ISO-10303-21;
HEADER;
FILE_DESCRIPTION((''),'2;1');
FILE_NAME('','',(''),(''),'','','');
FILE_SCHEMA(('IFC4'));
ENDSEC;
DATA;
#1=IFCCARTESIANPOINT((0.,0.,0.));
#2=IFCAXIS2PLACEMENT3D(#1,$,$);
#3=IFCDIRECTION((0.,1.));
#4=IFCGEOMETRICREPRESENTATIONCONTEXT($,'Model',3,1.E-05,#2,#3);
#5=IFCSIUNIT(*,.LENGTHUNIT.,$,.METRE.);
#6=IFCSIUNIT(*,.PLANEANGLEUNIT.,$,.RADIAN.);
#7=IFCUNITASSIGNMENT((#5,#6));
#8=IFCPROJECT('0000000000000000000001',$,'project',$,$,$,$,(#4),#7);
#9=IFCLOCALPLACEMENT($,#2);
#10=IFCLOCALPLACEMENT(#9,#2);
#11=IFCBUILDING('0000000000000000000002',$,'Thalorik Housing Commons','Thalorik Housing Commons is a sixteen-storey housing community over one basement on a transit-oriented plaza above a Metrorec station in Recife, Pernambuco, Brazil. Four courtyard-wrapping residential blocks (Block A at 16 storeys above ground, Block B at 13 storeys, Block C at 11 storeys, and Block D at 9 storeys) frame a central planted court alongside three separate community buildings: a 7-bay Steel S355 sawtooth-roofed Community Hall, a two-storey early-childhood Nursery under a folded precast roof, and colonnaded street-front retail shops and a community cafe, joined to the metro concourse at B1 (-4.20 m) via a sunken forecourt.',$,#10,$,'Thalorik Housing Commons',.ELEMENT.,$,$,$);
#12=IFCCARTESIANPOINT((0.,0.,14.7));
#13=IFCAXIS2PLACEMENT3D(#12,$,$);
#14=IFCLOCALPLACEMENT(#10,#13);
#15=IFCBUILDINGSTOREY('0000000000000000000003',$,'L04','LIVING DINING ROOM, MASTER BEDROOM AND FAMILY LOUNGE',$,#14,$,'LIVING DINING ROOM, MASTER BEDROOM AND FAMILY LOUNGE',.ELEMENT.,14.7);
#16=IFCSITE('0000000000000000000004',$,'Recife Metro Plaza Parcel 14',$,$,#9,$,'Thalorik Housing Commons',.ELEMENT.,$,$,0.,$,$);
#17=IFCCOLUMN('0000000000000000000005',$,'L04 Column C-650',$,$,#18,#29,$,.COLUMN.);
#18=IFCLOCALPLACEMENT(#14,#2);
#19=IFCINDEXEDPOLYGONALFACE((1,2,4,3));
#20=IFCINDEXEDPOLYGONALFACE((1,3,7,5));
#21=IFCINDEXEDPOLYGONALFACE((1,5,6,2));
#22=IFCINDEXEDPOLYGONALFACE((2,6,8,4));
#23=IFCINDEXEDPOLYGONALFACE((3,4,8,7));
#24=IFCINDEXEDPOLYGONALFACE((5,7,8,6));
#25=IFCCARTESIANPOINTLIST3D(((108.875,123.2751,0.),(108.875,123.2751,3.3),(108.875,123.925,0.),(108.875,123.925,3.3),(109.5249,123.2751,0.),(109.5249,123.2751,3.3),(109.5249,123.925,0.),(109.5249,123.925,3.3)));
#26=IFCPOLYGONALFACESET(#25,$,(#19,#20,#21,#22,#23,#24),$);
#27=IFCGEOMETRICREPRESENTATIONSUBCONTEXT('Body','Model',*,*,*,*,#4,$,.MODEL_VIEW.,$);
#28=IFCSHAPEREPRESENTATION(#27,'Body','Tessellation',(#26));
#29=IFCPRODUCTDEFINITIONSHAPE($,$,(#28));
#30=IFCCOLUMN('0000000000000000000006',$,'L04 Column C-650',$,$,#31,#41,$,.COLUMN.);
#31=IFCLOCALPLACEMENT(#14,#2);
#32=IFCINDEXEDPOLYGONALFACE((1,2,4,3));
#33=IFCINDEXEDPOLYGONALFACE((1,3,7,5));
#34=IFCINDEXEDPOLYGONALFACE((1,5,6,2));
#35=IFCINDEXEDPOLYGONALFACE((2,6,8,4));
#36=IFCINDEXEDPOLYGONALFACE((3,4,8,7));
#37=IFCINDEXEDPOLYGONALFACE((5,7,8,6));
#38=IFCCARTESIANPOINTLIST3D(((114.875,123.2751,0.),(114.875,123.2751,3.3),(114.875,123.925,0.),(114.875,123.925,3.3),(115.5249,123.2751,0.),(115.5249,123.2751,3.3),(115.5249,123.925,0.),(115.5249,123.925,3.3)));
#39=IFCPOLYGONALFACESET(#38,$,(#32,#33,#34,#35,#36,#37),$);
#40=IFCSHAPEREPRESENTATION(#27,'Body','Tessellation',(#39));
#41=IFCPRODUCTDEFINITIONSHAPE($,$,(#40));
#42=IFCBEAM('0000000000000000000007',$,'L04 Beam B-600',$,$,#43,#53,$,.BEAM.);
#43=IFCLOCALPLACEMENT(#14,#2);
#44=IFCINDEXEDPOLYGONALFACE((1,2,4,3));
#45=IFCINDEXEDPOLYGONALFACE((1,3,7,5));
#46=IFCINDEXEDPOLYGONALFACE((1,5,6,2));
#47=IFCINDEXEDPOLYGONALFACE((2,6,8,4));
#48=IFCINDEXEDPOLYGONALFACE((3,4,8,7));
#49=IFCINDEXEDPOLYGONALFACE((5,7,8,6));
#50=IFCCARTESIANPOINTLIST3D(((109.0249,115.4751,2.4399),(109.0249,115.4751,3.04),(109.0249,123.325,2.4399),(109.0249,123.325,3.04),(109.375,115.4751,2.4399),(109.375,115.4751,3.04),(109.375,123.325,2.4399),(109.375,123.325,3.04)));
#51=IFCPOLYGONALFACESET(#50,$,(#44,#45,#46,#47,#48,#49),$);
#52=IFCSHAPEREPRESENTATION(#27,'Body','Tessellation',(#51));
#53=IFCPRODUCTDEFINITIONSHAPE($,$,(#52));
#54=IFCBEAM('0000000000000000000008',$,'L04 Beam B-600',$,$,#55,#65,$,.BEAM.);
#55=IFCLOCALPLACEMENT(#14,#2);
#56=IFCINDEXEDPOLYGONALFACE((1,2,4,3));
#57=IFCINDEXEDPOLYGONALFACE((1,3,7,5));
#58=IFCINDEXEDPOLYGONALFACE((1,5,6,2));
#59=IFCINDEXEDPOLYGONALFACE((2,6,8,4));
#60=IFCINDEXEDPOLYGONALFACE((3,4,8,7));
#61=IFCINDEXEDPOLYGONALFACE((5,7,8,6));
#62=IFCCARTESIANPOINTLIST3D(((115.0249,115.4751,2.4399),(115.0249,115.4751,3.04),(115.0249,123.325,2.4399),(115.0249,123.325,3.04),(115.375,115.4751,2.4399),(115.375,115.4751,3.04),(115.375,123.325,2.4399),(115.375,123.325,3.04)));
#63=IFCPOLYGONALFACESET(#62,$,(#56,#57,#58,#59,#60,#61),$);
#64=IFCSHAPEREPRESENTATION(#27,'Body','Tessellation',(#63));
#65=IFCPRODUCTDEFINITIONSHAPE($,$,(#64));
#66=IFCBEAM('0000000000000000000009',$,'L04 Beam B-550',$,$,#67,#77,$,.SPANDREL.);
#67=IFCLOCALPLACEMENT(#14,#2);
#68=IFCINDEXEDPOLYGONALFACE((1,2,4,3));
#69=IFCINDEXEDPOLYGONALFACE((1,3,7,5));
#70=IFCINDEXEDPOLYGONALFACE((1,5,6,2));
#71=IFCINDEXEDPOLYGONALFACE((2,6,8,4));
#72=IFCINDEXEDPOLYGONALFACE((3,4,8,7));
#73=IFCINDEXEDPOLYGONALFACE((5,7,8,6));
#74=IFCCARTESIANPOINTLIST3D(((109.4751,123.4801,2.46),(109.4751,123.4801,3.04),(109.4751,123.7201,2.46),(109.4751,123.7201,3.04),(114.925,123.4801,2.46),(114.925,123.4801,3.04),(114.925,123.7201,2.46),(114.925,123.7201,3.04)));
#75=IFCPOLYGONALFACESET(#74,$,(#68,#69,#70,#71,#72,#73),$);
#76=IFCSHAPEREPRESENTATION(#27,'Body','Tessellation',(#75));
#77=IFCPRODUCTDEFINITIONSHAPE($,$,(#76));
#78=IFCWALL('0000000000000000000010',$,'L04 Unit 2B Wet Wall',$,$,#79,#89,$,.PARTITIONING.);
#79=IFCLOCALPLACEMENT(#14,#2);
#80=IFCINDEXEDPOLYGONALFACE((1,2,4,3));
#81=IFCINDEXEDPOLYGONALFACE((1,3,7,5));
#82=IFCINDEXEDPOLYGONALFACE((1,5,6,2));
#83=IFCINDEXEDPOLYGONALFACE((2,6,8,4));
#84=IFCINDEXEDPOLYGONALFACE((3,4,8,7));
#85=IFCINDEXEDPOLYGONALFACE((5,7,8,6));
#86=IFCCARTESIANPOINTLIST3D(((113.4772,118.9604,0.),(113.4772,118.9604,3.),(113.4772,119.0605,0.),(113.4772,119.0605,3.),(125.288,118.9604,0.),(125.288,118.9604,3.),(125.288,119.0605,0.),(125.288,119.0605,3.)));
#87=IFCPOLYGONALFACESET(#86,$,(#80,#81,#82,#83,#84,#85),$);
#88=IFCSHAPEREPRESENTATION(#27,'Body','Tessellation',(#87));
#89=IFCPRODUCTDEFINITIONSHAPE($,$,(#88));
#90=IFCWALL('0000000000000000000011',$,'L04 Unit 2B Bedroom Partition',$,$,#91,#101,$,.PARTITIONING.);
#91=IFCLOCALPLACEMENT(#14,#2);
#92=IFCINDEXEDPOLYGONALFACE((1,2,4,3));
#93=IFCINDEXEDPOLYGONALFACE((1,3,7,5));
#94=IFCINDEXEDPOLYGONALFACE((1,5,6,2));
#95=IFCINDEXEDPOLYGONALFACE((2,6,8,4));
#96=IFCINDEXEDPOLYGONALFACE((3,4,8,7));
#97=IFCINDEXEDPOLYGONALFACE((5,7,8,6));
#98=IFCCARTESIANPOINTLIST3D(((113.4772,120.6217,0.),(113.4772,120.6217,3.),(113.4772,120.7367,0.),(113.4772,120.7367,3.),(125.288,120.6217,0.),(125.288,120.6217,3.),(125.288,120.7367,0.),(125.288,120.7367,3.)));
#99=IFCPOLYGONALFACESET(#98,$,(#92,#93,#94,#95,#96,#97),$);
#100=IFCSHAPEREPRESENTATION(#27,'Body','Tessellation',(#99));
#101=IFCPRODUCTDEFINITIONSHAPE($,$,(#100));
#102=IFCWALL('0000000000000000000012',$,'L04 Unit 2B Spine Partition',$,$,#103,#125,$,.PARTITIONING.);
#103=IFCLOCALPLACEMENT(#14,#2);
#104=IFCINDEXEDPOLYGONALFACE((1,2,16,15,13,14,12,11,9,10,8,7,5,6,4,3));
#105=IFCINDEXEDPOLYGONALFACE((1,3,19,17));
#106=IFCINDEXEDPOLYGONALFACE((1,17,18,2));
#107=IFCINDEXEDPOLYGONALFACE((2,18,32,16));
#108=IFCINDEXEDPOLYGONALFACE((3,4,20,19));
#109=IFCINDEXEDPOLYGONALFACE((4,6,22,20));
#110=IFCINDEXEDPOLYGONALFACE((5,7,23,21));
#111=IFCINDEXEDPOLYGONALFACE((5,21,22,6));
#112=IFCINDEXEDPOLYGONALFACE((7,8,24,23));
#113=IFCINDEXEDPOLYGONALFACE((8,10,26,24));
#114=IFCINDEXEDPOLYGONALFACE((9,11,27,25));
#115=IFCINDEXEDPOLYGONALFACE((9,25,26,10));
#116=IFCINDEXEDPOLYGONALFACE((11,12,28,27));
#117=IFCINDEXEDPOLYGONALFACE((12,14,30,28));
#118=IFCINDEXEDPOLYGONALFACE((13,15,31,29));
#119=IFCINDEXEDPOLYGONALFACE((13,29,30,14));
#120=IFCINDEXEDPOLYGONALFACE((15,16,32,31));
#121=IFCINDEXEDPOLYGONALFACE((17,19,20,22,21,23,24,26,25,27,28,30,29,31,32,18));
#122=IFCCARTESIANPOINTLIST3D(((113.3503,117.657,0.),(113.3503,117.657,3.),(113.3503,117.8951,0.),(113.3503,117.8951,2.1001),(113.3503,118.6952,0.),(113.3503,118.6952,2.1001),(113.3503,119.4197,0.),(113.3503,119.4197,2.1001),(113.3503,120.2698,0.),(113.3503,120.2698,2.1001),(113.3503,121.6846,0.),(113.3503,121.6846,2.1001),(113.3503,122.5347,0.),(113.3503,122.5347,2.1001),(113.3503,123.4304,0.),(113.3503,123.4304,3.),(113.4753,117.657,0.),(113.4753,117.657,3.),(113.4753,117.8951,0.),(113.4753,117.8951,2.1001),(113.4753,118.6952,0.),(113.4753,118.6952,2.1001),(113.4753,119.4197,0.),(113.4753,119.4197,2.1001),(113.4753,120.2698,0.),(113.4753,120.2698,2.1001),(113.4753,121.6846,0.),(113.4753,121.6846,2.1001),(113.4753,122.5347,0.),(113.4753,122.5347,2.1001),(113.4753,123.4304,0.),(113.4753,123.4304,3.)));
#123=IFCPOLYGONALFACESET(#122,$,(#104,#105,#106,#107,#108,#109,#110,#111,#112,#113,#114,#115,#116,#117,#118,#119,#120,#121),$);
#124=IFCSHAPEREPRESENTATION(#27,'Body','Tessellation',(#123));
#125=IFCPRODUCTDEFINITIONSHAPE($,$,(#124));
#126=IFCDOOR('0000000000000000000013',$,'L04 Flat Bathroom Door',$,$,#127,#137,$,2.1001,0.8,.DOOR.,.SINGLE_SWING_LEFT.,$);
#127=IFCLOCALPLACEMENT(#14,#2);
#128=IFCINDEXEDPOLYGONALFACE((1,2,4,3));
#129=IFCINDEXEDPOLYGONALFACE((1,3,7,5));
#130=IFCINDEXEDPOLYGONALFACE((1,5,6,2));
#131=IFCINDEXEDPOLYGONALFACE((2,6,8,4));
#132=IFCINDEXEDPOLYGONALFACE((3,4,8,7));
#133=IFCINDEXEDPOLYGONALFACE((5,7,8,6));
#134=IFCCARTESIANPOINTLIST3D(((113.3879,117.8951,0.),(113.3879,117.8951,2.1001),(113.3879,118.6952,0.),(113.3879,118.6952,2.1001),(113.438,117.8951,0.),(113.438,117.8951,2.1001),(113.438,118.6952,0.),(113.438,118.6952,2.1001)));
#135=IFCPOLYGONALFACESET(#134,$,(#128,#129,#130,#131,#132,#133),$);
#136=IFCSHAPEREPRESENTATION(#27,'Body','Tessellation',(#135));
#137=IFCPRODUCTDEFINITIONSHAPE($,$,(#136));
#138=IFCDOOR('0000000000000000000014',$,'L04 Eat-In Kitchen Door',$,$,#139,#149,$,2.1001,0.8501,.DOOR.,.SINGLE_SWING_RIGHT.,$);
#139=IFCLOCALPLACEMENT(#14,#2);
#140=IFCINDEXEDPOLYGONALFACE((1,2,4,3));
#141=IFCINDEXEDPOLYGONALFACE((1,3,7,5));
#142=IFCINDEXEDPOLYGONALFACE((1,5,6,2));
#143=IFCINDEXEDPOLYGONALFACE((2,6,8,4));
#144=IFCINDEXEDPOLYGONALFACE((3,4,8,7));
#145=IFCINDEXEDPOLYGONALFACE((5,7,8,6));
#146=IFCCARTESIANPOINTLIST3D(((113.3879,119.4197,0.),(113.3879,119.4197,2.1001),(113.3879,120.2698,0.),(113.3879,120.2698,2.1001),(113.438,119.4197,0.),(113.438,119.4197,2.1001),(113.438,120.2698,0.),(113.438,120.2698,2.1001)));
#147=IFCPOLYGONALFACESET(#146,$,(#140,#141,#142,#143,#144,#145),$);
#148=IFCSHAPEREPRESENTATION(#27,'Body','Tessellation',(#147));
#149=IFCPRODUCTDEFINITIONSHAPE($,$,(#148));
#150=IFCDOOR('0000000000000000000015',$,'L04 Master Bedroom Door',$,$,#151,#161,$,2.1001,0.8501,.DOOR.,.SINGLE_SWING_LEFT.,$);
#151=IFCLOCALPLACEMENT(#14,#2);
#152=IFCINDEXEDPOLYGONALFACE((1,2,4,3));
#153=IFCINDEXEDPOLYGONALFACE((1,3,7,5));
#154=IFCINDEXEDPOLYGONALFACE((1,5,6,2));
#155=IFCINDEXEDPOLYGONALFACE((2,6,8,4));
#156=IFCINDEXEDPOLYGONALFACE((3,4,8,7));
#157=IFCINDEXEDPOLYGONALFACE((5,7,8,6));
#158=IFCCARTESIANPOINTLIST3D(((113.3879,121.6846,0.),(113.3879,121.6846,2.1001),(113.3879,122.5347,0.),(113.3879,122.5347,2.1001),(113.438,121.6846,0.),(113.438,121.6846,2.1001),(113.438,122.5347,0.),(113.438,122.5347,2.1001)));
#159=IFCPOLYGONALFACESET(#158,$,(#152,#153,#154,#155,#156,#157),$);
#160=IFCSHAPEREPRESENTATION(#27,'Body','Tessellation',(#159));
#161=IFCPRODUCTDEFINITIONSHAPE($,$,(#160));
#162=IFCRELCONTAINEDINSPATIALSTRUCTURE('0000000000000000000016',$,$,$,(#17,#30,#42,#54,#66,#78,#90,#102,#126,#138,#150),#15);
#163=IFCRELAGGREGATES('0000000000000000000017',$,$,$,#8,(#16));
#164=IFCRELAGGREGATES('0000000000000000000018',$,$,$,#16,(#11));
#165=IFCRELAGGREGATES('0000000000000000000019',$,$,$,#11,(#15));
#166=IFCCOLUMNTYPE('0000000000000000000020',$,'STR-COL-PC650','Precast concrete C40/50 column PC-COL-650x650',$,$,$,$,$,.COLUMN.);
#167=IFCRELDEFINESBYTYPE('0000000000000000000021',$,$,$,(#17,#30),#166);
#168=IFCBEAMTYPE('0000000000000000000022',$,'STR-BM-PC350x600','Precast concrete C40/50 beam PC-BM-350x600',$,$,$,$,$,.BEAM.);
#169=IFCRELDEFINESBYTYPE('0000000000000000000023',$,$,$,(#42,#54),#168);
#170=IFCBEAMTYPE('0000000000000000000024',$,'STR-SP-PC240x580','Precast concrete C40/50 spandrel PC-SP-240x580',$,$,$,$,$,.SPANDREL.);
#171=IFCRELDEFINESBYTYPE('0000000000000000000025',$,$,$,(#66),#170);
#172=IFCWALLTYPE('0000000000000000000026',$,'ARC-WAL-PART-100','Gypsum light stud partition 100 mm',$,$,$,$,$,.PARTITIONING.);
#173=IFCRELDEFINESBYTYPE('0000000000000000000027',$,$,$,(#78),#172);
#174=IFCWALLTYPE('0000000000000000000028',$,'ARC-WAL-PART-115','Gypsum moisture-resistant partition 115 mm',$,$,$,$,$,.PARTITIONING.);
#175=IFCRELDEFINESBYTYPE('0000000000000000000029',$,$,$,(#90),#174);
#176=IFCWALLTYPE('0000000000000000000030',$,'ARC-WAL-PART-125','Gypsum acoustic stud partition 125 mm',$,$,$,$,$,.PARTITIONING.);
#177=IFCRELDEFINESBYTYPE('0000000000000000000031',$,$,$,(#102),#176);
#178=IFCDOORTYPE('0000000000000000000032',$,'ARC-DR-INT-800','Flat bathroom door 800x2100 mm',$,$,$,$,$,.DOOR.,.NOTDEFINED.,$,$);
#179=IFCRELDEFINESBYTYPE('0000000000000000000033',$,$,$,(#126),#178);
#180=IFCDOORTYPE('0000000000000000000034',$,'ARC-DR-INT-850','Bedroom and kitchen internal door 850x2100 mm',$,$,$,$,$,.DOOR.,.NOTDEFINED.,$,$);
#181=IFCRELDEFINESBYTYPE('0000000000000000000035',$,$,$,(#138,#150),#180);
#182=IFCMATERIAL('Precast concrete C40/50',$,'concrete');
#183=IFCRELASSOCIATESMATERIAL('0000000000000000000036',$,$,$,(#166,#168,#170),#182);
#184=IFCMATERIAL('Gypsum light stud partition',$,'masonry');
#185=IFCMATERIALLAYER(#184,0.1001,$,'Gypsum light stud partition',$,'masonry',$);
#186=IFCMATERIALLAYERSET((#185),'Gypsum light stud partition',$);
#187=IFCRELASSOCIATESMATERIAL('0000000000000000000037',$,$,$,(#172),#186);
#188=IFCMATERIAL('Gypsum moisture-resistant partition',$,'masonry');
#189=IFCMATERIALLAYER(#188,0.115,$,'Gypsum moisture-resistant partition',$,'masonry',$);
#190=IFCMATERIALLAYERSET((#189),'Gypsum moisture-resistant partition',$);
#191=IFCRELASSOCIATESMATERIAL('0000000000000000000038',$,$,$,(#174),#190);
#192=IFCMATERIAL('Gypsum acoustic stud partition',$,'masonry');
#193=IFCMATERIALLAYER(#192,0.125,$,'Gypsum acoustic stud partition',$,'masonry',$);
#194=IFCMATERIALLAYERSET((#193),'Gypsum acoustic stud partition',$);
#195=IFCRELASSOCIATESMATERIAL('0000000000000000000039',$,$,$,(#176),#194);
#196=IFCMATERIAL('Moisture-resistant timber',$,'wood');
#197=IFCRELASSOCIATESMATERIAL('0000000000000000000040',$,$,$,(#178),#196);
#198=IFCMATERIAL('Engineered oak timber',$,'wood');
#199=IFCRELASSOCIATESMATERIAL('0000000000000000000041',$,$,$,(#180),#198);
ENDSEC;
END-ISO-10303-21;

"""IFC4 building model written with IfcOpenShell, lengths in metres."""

from ifc_helpers import new_model, si_unit, direction, frame, frame_2d, origin, origin_2d, place, context, subcontext, project, spatial, rectangle, extrude, material, layer, layer_set, material_profile, profile_set, type_object, element, fill, save


model = new_model("IFC4")

# Units and contexts
model_context = context("Model", 3, precision=1e-05, world=origin(), true_north=direction((0.0, 1.0)))
body_context = subcontext(model_context, "Body", "Model", "MODEL_VIEW")
ifc_project = project(units=[si_unit("LENGTHUNIT", "METRE"), si_unit("PLANEANGLEUNIT", "RADIAN")], contexts=[model_context])

# Site, building, storey
site_placement = place(None, origin())
site = spatial("IfcSite", under=ifc_project, at=site_placement, Name="Recife Metro Plaza Parcel 14", LongName="Thalorik Housing Commons", CompositionType="ELEMENT", RefElevation=0.0)
building_placement = place(site_placement, origin())
building = spatial("IfcBuilding", under=site, at=building_placement, Name="Thalorik Housing Commons", Description="Thalorik Housing Commons is a sixteen-storey housing community over one basement on a transit-oriented plaza above a Metrorec station in Recife, Pernambuco, Brazil. Four courtyard-wrapping residential blocks (Block A at 16 storeys above ground, Block B at 13 storeys, Block C at 11 storeys, and Block D at 9 storeys) frame a central planted court alongside three separate community buildings: a 7-bay Steel S355 sawtooth-roofed Community Hall, a two-storey early-childhood Nursery under a folded precast roof, and colonnaded street-front retail shops and a community cafe, joined to the metro concourse at B1 (-4.20 m) via a sunken forecourt.", LongName="Thalorik Housing Commons", CompositionType="ELEMENT")
storey_placement = place(building_placement, frame((0.0, 0.0, 14.7)))
storey = spatial("IfcBuildingStorey", under=building, at=storey_placement, Name="L04", Description="LIVING DINING ROOM, MASTER BEDROOM AND FAMILY LOUNGE", LongName="LIVING DINING ROOM, MASTER BEDROOM AND FAMILY LOUNGE", CompositionType="ELEMENT", Elevation=14.7)

# Columns
ifc_material_1 = material(Name="Precast concrete C40/50", Category="concrete")
ifc_material_profile_1 = material_profile(ifc_material_1, rectangle(XDim=0.6499, YDim=0.6499, at=origin_2d()), Name="PC 650x650", Category="concrete")
ifc_profile_set_1 = profile_set([ifc_material_profile_1], Name="Precast concrete C40/50")
column_type = type_object("IfcColumnType", Name="STR-COL-PC650", Description="Precast concrete C40/50 column PC-COL-650x650", PredefinedType="COLUMN", material=ifc_profile_set_1)
for number, where, z_axis, x_axis, name in (
    (1, (109.2, 123.6001, 0.0), (0.0, 0.0, 1.0), (1.0, 0.0, 0.0), "L04 Column C-650"),
    (2, (115.2, 123.6001, 0.0), (0.0, 0.0, 1.0), (1.0, 0.0, 0.0), "L04 Column C-650"),
):
    element("IfcColumn", number, at=place(storey_placement, frame(where, z_axis=z_axis, x_axis=x_axis)), inside=storey, type_object=column_type, Name=name, PredefinedType="COLUMN", context=body_context, shape_type="SweptSolid", body=[
        extrude(rectangle(XDim=0.6499, YDim=0.6499, at=origin_2d()), origin(), (0.0, 0.0, 1.0), 3.3),
    ])

# Beams
ifc_material_profile_2 = material_profile(ifc_material_1, rectangle(XDim=0.3501, YDim=0.6001, at=origin_2d()), Name="PC 350x600", Category="concrete")
ifc_profile_set_2 = profile_set([ifc_material_profile_2], Name="Precast concrete C40/50")
beam_type_1 = type_object("IfcBeamType", Name="STR-BM-PC350x600", Description="Precast concrete C40/50 beam PC-BM-350x600", PredefinedType="BEAM", material=ifc_profile_set_2)
for number, where, z_axis, x_axis, name in (
    (3, (109.2, 115.4751, 2.74), (0.0, 1.0, 0.0), (-1.0, 0.0, 0.0), "L04 Beam B-600"),
    (4, (115.2, 115.4751, 2.74), (0.0, 1.0, 0.0), (-1.0, 0.0, 0.0), "L04 Beam B-600"),
):
    element("IfcBeam", number, at=place(storey_placement, frame(where, z_axis=z_axis, x_axis=x_axis)), inside=storey, type_object=beam_type_1, Name=name, PredefinedType="BEAM", context=body_context, shape_type="SweptSolid", body=[
        extrude(rectangle(XDim=0.3501, YDim=0.6001, at=origin_2d()), origin(), (0.0, 0.0, 1.0), 7.8499),
    ])
ifc_material_profile_3 = material_profile(ifc_material_1, rectangle(XDim=0.24, YDim=0.5801, at=origin_2d()), Name="PC SP 240x580", Category="concrete")
ifc_profile_set_3 = profile_set([ifc_material_profile_3], Name="Precast concrete C40/50")
beam_type_2 = type_object("IfcBeamType", Name="STR-SP-PC240x580", Description="Precast concrete C40/50 spandrel PC-SP-240x580", PredefinedType="SPANDREL", material=ifc_profile_set_3)
beam_placement = place(storey_placement, frame((109.4751, 123.6001, 2.75), z_axis=(1.0, 0.0, 0.0), x_axis=(0.0, 1.0, 0.0)))
element("IfcBeam", 5, at=beam_placement, inside=storey, type_object=beam_type_2, Name="L04 Beam B-550", PredefinedType="SPANDREL", context=body_context, shape_type="SweptSolid", body=[
    extrude(rectangle(XDim=0.24, YDim=0.5801, at=origin_2d()), origin(), (0.0, 0.0, 1.0), 5.45),
])

# Walls
ifc_material_2 = material(Name="Gypsum light stud partition", Category="masonry")
ifc_layer_1 = layer(ifc_material_2, 0.1001, Name="Gypsum light stud partition", Category="masonry")
ifc_layer_set_1 = layer_set([ifc_layer_1], Name="Gypsum light stud partition")
wall_type_1 = type_object("IfcWallType", Name="ARC-WAL-PART-100", Description="Gypsum light stud partition 100 mm", PredefinedType="PARTITIONING", material=ifc_layer_set_1)
wall_1_placement = place(storey_placement, frame((113.4773, 119.0105, 0.0), z_axis=(0.0, 0.0, 1.0), x_axis=(1.0, 0.0, 0.0)))
element("IfcWall", 6, at=wall_1_placement, inside=storey, type_object=wall_type_1, Name="L04 Unit 2B Wet Wall", PredefinedType="PARTITIONING", context=body_context, shape_type="SweptSolid", body=[
    extrude(rectangle(XDim=11.8108, YDim=0.1001, at=frame_2d((5.9053, 0.0))), origin(), (0.0, 0.0, 1.0), 3.0),
])
ifc_material_3 = material(Name="Gypsum moisture-resistant partition", Category="masonry")
ifc_layer_2 = layer(ifc_material_3, 0.115, Name="Gypsum moisture-resistant partition", Category="masonry")
ifc_layer_set_2 = layer_set([ifc_layer_2], Name="Gypsum moisture-resistant partition")
wall_type_2 = type_object("IfcWallType", Name="ARC-WAL-PART-115", Description="Gypsum moisture-resistant partition 115 mm", PredefinedType="PARTITIONING", material=ifc_layer_set_2)
wall_2_placement = place(storey_placement, frame((113.4773, 120.6792, 0.0), z_axis=(0.0, 0.0, 1.0), x_axis=(1.0, 0.0, 0.0)))
element("IfcWall", 7, at=wall_2_placement, inside=storey, type_object=wall_type_2, Name="L04 Unit 2B Bedroom Partition", PredefinedType="PARTITIONING", context=body_context, shape_type="SweptSolid", body=[
    extrude(rectangle(XDim=11.8108, YDim=0.115, at=frame_2d((5.9053, 0.0))), origin(), (0.0, 0.0, 1.0), 3.0),
])

# Wall, openings, doors
ifc_material_4 = material(Name="Gypsum acoustic stud partition", Category="masonry")
ifc_layer_3 = layer(ifc_material_4, 0.125, Name="Gypsum acoustic stud partition", Category="masonry")
ifc_layer_set_3 = layer_set([ifc_layer_3], Name="Gypsum acoustic stud partition")
wall_type_3 = type_object("IfcWallType", Name="ARC-WAL-PART-125", Description="Gypsum acoustic stud partition 125 mm", PredefinedType="PARTITIONING", material=ifc_layer_set_3)
wall_3_placement = place(storey_placement, frame((113.4128, 117.657, 0.0), z_axis=(0.0, 0.0, 1.0), x_axis=(0.0, 1.0, 0.0)))
wall_3 = element("IfcWall", 8, at=wall_3_placement, inside=storey, type_object=wall_type_3, Name="L04 Unit 2B Spine Partition", PredefinedType="PARTITIONING", context=body_context, shape_type="SweptSolid", body=[
    extrude(rectangle(XDim=5.7734, YDim=0.125, at=frame_2d((2.8867, 0.0))), origin(), (0.0, 0.0, 1.0), 3.0),
])
opening_1_placement = place(wall_3_placement, frame((0.2383, 0.0, 0.0)))
opening_1 = element("IfcOpeningElement", 9, at=opening_1_placement, cuts=wall_3, PredefinedType="OPENING", context=body_context, shape_type="SweptSolid", body=[
    extrude(rectangle(XDim=0.8, YDim=2.1001, at=frame_2d((0.3999, 1.05))), frame((0.0, 0.0725, 0.0), z_axis=(0.0, -1.0, 0.0), x_axis=(1.0, 0.0, 0.0)), (0.0, 0.0, 1.0), 0.145),
])
opening_2_placement = place(wall_3_placement, frame((1.7627, 0.0, 0.0)))
opening_2 = element("IfcOpeningElement", 10, at=opening_2_placement, cuts=wall_3, PredefinedType="OPENING", context=body_context, shape_type="SweptSolid", body=[
    extrude(rectangle(XDim=0.8501, YDim=2.1001, at=frame_2d((0.425, 1.05))), frame((0.0, 0.0725, 0.0), z_axis=(0.0, -1.0, 0.0), x_axis=(1.0, 0.0, 0.0)), (0.0, 0.0, 1.0), 0.145),
])
opening_3_placement = place(wall_3_placement, frame((4.0276, 0.0, 0.0)))
opening_3 = element("IfcOpeningElement", 11, at=opening_3_placement, cuts=wall_3, PredefinedType="OPENING", context=body_context, shape_type="SweptSolid", body=[
    extrude(rectangle(XDim=0.8501, YDim=2.1001, at=frame_2d((0.425, 1.05))), frame((0.0, 0.0725, 0.0), z_axis=(0.0, -1.0, 0.0), x_axis=(1.0, 0.0, 0.0)), (0.0, 0.0, 1.0), 0.145),
])
ifc_material_5 = material(Name="Moisture-resistant timber", Category="wood")
door_type_1 = type_object("IfcDoorType", Name="ARC-DR-INT-800", Description="Flat bathroom door 800x2100 mm", OperationType="NOTDEFINED", PredefinedType="DOOR", material=ifc_material_5)
door_1_placement = place(opening_1_placement, origin())
door_1 = element("IfcDoor", 12, at=door_1_placement, inside=storey, type_object=door_type_1, Name="L04 Flat Bathroom Door", OperationType="SINGLE_SWING_LEFT", OverallHeight=2.1001, OverallWidth=0.8, PredefinedType="DOOR", context=body_context, shape_type="SweptSolid", body=[
    extrude(rectangle(XDim=0.8, YDim=2.1001, at=frame_2d((0.3999, 1.05))), frame((0.0, 0.0249, 0.0), z_axis=(0.0, -1.0, 0.0), x_axis=(1.0, 0.0, 0.0)), (0.0, 0.0, 1.0), 0.05),
])
fill(opening_1, door_1)
ifc_material_6 = material(Name="Engineered oak timber", Category="wood")
door_type_2 = type_object("IfcDoorType", Name="ARC-DR-INT-850", Description="Bedroom and kitchen internal door 850x2100 mm", OperationType="NOTDEFINED", PredefinedType="DOOR", material=ifc_material_6)
door_2_placement = place(opening_2_placement, origin())
door_2 = element("IfcDoor", 13, at=door_2_placement, inside=storey, type_object=door_type_2, Name="L04 Eat-In Kitchen Door", OperationType="SINGLE_SWING_RIGHT", OverallHeight=2.1001, OverallWidth=0.8501, PredefinedType="DOOR", context=body_context, shape_type="SweptSolid", body=[
    extrude(rectangle(XDim=0.8501, YDim=2.1001, at=frame_2d((0.425, 1.05))), frame((0.0, 0.0249, 0.0), z_axis=(0.0, -1.0, 0.0), x_axis=(1.0, 0.0, 0.0)), (0.0, 0.0, 1.0), 0.05),
])
fill(opening_2, door_2)
door_3_placement = place(opening_3_placement, origin())
door_3 = element("IfcDoor", 14, at=door_3_placement, inside=storey, type_object=door_type_2, Name="L04 Master Bedroom Door", OperationType="SINGLE_SWING_LEFT", OverallHeight=2.1001, OverallWidth=0.8501, PredefinedType="DOOR", context=body_context, shape_type="SweptSolid", body=[
    extrude(rectangle(XDim=0.8501, YDim=2.1001, at=frame_2d((0.425, 1.05))), frame((0.0, 0.0249, 0.0), z_axis=(0.0, -1.0, 0.0), x_axis=(1.0, 0.0, 0.0)), (0.0, 0.0, 1.0), 0.05),
])
fill(opening_3, door_3)

save(model, "model.ifc")
